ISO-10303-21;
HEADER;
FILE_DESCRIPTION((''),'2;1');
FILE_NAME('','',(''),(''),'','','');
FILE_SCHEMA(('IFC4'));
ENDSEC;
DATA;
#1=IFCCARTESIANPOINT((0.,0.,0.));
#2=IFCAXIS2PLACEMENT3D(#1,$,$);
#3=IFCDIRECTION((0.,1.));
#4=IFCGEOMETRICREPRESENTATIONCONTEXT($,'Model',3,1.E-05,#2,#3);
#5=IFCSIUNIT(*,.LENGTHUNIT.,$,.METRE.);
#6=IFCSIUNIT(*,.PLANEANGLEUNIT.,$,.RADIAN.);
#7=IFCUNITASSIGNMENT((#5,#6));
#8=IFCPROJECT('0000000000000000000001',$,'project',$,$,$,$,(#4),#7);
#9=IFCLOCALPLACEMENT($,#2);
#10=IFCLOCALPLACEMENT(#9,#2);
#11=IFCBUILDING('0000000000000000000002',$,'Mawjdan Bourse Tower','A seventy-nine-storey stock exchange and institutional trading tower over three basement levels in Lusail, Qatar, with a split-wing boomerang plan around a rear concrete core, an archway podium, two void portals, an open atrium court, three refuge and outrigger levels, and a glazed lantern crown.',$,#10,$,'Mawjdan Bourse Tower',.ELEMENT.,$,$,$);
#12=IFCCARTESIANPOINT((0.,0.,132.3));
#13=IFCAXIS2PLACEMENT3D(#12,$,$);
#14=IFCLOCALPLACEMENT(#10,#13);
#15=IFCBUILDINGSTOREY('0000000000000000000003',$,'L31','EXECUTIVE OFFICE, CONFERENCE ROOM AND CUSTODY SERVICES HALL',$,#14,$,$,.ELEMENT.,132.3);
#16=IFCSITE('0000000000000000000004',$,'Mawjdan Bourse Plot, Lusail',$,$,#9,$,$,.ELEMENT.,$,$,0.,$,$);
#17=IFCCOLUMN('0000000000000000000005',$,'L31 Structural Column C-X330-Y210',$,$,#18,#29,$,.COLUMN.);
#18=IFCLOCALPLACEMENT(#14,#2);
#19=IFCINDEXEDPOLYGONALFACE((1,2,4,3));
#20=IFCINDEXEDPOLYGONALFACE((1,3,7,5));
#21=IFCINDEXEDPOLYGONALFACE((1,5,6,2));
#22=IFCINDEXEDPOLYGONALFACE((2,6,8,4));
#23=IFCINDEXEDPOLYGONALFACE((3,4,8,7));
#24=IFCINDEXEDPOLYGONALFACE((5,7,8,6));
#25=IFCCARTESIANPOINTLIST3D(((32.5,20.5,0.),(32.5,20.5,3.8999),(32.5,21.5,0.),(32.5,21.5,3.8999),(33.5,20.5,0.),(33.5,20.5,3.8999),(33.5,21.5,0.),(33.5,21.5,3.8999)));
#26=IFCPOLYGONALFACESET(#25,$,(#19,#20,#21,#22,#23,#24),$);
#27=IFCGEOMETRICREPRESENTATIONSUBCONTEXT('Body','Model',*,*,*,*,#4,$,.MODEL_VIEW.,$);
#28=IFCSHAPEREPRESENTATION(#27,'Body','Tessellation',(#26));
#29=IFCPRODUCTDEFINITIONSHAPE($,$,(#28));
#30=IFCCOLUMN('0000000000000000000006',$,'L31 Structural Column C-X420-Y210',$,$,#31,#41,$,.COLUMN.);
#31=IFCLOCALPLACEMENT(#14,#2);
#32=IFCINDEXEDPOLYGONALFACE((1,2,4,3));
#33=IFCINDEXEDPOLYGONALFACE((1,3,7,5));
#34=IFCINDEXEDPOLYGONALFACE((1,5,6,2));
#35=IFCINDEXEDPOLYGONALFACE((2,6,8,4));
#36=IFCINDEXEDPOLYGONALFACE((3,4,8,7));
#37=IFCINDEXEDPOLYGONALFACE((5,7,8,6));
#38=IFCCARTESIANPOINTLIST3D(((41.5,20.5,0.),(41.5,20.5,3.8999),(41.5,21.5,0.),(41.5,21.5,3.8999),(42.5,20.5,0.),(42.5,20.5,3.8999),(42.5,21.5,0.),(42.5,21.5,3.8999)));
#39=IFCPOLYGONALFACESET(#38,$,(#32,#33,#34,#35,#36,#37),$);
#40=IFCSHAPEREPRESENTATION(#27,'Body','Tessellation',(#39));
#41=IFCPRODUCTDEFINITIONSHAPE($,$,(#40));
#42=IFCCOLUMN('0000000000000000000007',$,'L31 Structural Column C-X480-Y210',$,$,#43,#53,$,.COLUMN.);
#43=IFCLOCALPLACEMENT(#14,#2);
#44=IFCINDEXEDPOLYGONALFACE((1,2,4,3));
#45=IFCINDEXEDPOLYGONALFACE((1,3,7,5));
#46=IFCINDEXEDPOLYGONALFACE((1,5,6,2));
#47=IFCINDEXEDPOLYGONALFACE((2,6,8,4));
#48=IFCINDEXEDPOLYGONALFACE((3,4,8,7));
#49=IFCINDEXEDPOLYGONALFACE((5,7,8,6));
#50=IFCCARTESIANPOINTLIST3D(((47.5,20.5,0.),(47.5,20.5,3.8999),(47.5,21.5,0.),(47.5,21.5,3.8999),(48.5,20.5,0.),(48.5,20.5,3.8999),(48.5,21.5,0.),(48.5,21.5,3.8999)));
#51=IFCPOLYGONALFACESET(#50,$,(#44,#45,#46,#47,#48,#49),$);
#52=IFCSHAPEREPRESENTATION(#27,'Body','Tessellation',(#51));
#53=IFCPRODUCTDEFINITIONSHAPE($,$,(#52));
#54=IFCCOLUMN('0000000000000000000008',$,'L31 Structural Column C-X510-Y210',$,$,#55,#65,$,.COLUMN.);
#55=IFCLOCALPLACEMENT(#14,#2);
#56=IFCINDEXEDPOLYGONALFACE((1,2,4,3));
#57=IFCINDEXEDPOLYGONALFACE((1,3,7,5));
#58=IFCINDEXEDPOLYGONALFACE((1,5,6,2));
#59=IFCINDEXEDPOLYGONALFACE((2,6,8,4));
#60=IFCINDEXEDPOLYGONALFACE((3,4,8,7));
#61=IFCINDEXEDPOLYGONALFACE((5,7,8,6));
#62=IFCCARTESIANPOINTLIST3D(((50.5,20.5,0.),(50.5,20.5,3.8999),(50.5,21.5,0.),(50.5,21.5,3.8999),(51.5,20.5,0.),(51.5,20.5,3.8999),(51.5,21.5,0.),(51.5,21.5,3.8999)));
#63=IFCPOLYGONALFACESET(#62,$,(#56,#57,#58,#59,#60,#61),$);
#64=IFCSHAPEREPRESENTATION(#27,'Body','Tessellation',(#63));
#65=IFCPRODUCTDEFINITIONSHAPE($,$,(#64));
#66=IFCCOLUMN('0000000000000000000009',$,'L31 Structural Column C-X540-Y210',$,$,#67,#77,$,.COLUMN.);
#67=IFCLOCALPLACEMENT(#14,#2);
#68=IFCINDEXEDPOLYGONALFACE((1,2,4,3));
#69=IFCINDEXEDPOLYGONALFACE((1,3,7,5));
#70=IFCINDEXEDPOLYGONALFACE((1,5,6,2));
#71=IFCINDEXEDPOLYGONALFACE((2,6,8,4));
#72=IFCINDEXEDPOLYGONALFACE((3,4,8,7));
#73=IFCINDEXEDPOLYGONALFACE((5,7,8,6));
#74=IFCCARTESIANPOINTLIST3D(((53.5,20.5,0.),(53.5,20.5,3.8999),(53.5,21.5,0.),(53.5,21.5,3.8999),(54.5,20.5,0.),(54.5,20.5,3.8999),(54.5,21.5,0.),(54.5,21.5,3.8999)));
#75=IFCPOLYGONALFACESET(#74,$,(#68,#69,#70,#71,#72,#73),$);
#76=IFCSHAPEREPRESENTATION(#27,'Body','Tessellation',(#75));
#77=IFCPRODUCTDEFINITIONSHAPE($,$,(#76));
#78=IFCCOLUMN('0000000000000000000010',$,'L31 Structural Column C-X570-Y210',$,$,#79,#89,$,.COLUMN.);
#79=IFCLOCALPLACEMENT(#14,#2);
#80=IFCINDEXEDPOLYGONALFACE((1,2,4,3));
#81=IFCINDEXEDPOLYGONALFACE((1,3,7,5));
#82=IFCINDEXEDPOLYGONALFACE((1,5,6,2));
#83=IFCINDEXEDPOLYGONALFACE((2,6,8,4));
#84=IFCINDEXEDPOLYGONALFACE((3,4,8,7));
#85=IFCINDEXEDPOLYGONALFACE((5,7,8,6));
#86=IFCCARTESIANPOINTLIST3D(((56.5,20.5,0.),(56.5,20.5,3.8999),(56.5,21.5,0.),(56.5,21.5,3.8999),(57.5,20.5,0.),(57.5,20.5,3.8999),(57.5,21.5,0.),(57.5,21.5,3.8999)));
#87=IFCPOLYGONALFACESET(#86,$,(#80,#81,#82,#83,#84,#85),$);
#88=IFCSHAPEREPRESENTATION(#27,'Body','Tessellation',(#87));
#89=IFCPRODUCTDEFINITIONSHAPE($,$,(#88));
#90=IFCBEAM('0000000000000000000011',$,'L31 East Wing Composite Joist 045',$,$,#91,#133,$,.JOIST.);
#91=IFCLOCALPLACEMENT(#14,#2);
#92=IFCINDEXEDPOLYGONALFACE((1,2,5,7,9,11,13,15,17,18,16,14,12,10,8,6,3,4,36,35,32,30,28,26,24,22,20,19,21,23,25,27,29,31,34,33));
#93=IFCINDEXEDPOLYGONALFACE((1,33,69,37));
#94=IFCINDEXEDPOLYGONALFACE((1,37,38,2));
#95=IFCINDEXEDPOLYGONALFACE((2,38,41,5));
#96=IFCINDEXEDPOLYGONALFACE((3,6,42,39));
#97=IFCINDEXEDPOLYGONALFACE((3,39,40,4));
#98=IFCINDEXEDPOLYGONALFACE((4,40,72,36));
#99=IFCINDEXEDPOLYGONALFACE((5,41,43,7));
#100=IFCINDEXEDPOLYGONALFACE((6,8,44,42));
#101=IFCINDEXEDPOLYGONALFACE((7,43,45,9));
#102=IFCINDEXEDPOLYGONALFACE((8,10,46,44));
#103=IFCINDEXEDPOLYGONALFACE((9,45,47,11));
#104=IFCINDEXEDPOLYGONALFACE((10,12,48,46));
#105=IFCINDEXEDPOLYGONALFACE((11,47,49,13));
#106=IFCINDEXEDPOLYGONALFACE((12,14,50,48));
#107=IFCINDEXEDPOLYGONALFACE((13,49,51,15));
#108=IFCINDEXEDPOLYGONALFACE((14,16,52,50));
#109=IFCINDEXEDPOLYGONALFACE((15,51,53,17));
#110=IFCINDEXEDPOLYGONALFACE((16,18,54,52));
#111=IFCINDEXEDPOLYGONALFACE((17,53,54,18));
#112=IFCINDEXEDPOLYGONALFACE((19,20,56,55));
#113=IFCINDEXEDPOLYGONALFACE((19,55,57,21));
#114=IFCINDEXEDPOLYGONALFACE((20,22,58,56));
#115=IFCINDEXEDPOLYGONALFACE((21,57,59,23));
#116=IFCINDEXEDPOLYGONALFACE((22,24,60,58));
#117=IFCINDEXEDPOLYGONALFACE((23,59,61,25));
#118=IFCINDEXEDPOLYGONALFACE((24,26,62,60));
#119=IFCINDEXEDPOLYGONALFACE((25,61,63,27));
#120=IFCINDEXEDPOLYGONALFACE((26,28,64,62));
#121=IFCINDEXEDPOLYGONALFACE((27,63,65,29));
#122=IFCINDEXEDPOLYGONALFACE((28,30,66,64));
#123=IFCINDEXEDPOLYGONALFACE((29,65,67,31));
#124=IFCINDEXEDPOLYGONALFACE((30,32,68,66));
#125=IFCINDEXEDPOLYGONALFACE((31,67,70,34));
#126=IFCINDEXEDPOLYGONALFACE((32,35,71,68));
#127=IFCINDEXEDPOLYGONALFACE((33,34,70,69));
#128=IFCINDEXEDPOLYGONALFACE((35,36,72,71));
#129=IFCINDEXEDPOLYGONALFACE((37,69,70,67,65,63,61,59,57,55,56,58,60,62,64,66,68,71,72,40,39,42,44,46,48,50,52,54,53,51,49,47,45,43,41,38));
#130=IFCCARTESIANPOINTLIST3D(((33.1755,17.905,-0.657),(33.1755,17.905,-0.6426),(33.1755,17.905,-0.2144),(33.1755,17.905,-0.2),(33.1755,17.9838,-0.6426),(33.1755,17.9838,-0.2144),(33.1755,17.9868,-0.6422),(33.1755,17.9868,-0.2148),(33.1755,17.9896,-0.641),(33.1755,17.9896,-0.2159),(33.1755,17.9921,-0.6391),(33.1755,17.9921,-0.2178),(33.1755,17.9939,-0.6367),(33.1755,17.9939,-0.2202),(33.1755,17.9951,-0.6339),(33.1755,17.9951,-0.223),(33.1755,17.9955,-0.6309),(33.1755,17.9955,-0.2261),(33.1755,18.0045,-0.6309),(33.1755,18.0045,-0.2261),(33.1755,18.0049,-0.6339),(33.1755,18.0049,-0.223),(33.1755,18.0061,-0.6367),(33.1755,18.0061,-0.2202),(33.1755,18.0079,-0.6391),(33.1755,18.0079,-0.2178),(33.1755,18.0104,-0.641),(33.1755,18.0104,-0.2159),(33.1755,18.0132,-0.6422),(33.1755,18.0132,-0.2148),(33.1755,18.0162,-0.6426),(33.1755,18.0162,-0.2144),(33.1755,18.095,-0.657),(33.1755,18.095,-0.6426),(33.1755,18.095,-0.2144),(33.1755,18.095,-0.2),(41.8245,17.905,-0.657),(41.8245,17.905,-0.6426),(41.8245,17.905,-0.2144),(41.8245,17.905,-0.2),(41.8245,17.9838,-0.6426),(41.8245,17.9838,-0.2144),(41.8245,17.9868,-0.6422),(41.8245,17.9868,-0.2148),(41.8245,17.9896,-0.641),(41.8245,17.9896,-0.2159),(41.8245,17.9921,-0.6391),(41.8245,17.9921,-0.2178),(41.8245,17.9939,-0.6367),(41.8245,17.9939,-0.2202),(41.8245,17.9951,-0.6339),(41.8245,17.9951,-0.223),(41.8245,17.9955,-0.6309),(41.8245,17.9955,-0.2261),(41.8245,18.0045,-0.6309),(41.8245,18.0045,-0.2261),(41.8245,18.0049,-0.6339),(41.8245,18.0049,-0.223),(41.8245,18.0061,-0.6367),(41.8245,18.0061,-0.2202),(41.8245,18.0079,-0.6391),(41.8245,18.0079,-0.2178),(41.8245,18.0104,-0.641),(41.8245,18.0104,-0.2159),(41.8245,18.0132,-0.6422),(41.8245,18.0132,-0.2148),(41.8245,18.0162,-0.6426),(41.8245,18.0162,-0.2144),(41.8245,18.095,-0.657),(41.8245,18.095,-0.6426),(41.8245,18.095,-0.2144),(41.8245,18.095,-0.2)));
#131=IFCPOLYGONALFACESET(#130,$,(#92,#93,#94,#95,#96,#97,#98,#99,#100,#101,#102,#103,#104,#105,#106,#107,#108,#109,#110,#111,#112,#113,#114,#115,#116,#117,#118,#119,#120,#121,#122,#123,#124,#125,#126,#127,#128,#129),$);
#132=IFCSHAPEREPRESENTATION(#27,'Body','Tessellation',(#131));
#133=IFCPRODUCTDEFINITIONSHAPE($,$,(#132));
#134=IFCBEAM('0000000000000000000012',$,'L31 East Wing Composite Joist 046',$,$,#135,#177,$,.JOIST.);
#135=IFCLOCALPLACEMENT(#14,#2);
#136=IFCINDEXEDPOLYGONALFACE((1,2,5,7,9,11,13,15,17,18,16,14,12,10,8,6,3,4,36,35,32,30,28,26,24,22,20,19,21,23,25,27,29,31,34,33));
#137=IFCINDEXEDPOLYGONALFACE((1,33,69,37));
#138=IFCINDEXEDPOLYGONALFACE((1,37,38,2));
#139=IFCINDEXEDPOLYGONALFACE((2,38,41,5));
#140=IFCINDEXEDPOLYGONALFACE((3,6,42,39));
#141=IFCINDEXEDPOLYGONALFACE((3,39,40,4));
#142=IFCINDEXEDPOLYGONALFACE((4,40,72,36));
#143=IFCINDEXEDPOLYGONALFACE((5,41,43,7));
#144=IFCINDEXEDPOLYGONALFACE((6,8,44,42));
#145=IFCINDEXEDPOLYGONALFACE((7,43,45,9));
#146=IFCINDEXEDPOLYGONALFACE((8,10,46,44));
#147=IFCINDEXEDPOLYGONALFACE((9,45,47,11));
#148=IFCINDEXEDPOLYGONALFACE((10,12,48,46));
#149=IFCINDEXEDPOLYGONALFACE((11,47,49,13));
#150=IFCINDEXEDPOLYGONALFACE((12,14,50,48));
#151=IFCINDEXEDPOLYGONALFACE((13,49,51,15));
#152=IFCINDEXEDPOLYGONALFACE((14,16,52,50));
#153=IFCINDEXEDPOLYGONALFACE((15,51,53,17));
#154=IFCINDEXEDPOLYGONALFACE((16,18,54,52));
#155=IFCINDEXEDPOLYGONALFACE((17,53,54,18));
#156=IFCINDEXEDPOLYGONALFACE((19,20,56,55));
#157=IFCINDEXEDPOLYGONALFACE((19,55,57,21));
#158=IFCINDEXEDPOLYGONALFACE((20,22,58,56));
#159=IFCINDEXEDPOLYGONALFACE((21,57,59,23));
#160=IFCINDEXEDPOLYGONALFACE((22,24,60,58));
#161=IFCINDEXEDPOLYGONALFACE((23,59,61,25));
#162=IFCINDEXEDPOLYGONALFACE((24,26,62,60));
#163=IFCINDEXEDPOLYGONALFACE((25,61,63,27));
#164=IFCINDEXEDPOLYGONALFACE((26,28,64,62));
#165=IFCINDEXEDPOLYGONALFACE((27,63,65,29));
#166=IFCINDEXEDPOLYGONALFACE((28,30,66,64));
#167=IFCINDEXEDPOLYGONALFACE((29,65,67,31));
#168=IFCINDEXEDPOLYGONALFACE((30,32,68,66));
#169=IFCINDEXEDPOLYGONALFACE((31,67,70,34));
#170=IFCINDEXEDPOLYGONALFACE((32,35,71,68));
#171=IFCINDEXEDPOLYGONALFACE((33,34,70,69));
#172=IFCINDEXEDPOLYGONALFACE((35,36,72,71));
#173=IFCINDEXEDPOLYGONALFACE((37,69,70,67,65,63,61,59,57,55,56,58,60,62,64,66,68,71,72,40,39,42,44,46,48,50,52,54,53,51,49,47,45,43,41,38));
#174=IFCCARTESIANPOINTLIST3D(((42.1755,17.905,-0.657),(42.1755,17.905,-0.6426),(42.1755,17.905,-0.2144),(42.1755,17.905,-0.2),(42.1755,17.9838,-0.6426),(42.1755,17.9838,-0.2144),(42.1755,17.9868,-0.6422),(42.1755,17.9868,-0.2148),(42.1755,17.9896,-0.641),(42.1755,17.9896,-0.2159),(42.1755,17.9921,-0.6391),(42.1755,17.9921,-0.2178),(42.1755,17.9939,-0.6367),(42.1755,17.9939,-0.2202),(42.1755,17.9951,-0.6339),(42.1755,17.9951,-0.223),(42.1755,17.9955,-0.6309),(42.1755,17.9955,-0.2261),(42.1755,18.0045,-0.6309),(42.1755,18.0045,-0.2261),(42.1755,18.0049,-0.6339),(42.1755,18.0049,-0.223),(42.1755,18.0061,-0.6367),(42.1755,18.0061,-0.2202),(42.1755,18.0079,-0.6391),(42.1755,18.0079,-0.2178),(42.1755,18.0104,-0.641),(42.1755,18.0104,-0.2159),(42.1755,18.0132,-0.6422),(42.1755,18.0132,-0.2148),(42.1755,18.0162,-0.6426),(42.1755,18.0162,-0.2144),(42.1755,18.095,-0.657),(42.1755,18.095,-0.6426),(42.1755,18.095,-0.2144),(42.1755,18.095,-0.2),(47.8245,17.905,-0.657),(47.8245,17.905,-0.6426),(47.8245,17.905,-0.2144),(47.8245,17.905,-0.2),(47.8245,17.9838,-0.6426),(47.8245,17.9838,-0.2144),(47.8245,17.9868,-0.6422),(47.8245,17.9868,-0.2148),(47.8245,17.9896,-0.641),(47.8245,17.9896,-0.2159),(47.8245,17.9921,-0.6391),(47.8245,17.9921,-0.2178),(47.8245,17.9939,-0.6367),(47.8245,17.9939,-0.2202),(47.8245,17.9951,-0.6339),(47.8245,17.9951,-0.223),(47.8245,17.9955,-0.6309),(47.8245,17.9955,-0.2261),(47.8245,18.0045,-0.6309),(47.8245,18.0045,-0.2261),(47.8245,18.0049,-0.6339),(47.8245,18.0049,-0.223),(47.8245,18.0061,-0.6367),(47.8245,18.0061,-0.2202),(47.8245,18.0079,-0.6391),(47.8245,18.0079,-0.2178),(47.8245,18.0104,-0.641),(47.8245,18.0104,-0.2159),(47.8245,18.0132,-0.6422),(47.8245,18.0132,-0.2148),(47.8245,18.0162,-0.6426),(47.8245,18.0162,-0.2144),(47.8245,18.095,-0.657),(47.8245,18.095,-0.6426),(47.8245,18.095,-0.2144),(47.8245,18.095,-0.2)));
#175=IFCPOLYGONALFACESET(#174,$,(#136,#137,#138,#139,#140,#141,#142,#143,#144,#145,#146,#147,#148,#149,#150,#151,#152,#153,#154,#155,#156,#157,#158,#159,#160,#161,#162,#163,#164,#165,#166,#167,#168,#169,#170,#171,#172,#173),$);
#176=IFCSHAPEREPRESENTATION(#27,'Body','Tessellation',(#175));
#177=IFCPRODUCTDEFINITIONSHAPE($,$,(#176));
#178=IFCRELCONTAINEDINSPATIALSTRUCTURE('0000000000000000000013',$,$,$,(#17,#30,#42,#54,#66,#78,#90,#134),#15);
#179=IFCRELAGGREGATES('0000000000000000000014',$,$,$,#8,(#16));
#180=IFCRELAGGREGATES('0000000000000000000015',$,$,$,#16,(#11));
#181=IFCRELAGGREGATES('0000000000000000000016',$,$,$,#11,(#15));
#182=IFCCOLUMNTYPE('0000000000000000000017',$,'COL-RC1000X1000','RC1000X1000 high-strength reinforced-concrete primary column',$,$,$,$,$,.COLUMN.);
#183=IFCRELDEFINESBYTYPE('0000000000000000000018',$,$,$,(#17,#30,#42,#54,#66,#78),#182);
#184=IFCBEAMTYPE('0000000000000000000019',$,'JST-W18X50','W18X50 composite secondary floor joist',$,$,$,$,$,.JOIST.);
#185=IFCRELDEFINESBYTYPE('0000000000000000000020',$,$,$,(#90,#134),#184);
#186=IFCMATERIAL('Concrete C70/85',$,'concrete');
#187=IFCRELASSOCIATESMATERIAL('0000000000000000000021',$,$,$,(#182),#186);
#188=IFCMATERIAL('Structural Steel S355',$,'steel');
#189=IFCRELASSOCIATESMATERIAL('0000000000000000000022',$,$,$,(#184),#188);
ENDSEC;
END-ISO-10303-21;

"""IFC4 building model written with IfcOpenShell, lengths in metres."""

from ifc_helpers import new_model, si_unit, direction, frame, origin, origin_2d, place, context, subcontext, project, spatial, rectangle, i_section, extrude, material, material_profile, profile_set, type_object, element, save


model = new_model("IFC4")

# Units and contexts
model_context = context("Model", 3, precision=1e-05, world=origin(), true_north=direction((0.0, 1.0)))
body_context = subcontext(model_context, "Body", "Model", "MODEL_VIEW")
ifc_project = project(units=[si_unit("LENGTHUNIT", "METRE"), si_unit("PLANEANGLEUNIT", "RADIAN")], contexts=[model_context])

# Site, building, storey
site_placement = place(None, origin())
site = spatial("IfcSite", under=ifc_project, at=site_placement, Name="Mawjdan Bourse Plot, Lusail", CompositionType="ELEMENT", RefElevation=0.0)
building_placement = place(site_placement, origin())
building = spatial("IfcBuilding", under=site, at=building_placement, Name="Mawjdan Bourse Tower", Description="A seventy-nine-storey stock exchange and institutional trading tower over three basement levels in Lusail, Qatar, with a split-wing boomerang plan around a rear concrete core, an archway podium, two void portals, an open atrium court, three refuge and outrigger levels, and a glazed lantern crown.", LongName="Mawjdan Bourse Tower", CompositionType="ELEMENT")
storey_placement = place(building_placement, frame((0.0, 0.0, 132.3)))
storey = spatial("IfcBuildingStorey", under=building, at=storey_placement, Name="L31", Description="EXECUTIVE OFFICE, CONFERENCE ROOM AND CUSTODY SERVICES HALL", CompositionType="ELEMENT", Elevation=132.3)

# Columns
ifc_material_1 = material(Name="Concrete C70/85", Category="concrete")
ifc_material_profile_1 = material_profile(ifc_material_1, rectangle(XDim=1.0, YDim=1.0, at=origin_2d()), Name="RC1000X1000")
ifc_profile_set_1 = profile_set([ifc_material_profile_1], Name="Concrete C70/85")
column_type = type_object("IfcColumnType", Name="COL-RC1000X1000", Description="RC1000X1000 high-strength reinforced-concrete primary column", PredefinedType="COLUMN", material=ifc_profile_set_1)
for number, where, z_axis, x_axis, name in (
    (1, (33.0, 21.0, 0.0), (0.0, 0.0, 1.0), (1.0, 0.0, 0.0), "L31 Structural Column C-X330-Y210"),
    (2, (42.0, 21.0, 0.0), (0.0, 0.0, 1.0), (1.0, 0.0, 0.0), "L31 Structural Column C-X420-Y210"),
    (3, (48.0, 21.0, 0.0), (0.0, 0.0, 1.0), (1.0, 0.0, 0.0), "L31 Structural Column C-X480-Y210"),
    (4, (51.0, 21.0, 0.0), (0.0, 0.0, 1.0), (1.0, 0.0, 0.0), "L31 Structural Column C-X510-Y210"),
    (5, (54.0, 21.0, 0.0), (0.0, 0.0, 1.0), (1.0, 0.0, 0.0), "L31 Structural Column C-X540-Y210"),
    (6, (57.0, 21.0, 0.0), (0.0, 0.0, 1.0), (1.0, 0.0, 0.0), "L31 Structural Column C-X570-Y210"),
):
    element("IfcColumn", number, at=place(storey_placement, frame(where, z_axis=z_axis, x_axis=x_axis)), inside=storey, type_object=column_type, Name=name, PredefinedType="COLUMN", context=body_context, shape_type="SweptSolid", body=[
        extrude(rectangle(XDim=1.0, YDim=1.0, at=origin_2d()), origin(), (0.0, 0.0, 1.0), 3.8999),
    ])

# Beams
ifc_material_2 = material(Name="Structural Steel S355", Category="steel")
ifc_material_profile_2 = material_profile(ifc_material_2, i_section(OverallWidth=0.1899, OverallDepth=0.457, WebThickness=0.009, FlangeThickness=0.0144, FilletRadius=0.0117, at=origin_2d()), Name="W18X50")
ifc_profile_set_2 = profile_set([ifc_material_profile_2], Name="Structural Steel S355")
beam_type_1 = type_object("IfcBeamType", Name="JST-W18X50", Description="W18X50 composite secondary floor joist", PredefinedType="JOIST", material=ifc_profile_set_2)
beam_1_placement = place(storey_placement, frame((33.1755, 18.0, -0.4285), z_axis=(1.0, 0.0, 0.0), x_axis=(0.0, 1.0, 0.0)))
element("IfcBeam", 7, at=beam_1_placement, inside=storey, type_object=beam_type_1, Name="L31 East Wing Composite Joist 045", PredefinedType="JOIST", context=body_context, shape_type="SweptSolid", body=[
    extrude(i_section(OverallWidth=0.1899, OverallDepth=0.457, WebThickness=0.009, FlangeThickness=0.0144, FilletRadius=0.0117, at=origin_2d()), origin(), (0.0, 0.0, 1.0), 8.6489),
])
beam_2_placement = place(storey_placement, frame((42.1755, 18.0, -0.4285), z_axis=(1.0, 0.0, 0.0), x_axis=(0.0, 1.0, 0.0)))
element("IfcBeam", 8, at=beam_2_placement, inside=storey, type_object=beam_type_1, Name="L31 East Wing Composite Joist 046", PredefinedType="JOIST", context=body_context, shape_type="SweptSolid", body=[
    extrude(i_section(OverallWidth=0.1899, OverallDepth=0.457, WebThickness=0.009, FlangeThickness=0.0144, FilletRadius=0.0117, at=origin_2d()), origin(), (0.0, 0.0, 1.0), 5.6489),
])

save(model, "model.ifc")
